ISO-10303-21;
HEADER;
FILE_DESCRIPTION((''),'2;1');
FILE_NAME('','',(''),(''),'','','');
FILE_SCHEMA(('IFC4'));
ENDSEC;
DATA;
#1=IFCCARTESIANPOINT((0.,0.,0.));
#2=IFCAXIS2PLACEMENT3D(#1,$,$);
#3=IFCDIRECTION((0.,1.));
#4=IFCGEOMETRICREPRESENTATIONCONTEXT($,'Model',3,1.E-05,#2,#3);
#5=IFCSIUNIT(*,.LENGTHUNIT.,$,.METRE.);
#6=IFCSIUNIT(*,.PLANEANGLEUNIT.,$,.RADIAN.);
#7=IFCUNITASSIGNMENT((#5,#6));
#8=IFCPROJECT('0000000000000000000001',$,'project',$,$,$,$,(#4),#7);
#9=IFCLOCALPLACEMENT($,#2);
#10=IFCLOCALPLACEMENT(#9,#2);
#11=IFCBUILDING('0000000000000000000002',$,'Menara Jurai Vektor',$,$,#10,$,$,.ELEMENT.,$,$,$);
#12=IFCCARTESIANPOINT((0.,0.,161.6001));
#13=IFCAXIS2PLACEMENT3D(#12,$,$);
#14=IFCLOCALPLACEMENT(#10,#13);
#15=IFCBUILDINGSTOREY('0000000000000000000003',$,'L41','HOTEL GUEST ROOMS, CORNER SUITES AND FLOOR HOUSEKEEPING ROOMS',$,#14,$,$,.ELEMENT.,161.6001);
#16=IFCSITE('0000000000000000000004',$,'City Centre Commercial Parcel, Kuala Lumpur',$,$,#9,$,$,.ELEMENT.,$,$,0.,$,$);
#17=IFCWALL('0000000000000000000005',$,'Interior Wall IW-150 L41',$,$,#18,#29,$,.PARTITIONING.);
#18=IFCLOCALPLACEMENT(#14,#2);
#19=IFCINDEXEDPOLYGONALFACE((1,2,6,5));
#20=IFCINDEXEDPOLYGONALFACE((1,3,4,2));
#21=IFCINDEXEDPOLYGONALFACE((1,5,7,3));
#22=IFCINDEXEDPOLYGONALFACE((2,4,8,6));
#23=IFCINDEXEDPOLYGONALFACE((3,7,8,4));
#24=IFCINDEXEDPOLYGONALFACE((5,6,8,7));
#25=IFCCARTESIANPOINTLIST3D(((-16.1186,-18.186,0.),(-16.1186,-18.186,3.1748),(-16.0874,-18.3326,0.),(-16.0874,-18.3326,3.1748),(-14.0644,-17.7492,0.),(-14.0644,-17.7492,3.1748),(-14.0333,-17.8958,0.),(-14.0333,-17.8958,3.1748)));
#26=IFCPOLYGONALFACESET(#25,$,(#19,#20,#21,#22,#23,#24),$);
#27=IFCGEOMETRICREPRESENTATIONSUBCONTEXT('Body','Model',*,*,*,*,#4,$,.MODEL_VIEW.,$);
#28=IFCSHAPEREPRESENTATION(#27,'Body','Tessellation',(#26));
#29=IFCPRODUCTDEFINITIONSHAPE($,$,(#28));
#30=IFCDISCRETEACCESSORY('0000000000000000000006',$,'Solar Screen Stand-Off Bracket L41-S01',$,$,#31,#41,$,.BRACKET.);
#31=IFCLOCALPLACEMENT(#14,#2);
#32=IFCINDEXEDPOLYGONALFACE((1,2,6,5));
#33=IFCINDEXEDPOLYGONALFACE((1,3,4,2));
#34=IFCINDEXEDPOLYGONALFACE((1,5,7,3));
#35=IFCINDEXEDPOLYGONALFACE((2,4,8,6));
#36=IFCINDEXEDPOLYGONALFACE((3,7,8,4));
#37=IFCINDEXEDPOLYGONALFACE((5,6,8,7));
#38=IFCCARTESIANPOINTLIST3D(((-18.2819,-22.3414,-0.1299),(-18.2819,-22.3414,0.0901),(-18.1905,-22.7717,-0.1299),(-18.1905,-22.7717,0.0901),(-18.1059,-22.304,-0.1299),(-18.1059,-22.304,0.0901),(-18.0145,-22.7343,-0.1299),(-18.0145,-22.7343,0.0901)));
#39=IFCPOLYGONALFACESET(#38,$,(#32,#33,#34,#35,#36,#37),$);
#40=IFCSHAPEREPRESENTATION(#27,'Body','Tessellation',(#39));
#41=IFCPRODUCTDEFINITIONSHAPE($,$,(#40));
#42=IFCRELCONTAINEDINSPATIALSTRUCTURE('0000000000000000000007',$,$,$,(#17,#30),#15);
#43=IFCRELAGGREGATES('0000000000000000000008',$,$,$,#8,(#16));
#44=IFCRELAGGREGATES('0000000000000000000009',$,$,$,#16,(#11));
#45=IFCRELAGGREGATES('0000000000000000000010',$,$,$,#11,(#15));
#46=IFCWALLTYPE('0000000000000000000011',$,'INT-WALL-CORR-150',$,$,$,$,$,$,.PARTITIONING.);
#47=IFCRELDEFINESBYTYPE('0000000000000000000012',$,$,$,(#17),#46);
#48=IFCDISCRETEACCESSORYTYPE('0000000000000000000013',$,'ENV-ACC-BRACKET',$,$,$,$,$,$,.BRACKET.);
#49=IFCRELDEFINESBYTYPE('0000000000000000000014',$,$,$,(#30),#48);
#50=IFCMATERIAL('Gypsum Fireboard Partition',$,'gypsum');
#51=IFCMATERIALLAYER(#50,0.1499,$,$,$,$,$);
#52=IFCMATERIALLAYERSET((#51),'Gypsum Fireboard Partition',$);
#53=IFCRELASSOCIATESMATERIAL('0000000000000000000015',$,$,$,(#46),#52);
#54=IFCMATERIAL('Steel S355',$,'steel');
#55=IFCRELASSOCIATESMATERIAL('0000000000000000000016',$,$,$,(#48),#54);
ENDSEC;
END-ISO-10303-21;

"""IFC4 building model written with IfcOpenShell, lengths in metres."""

from ifc_helpers import new_model, si_unit, direction, frame, frame_2d, origin, origin_2d, place, context, subcontext, project, spatial, rectangle, extrude, material, layer, layer_set, type_object, element, save


model = new_model("IFC4")

# Units and contexts
model_context = context("Model", 3, precision=1e-05, world=origin(), true_north=direction((0.0, 1.0)))
body_context = subcontext(model_context, "Body", "Model", "MODEL_VIEW")
ifc_project = project(units=[si_unit("LENGTHUNIT", "METRE"), si_unit("PLANEANGLEUNIT", "RADIAN")], contexts=[model_context])

# Site, building, storey
site_placement = place(None, origin())
site = spatial("IfcSite", under=ifc_project, at=site_placement, Name="City Centre Commercial Parcel, Kuala Lumpur", CompositionType="ELEMENT", RefElevation=0.0)
building_placement = place(site_placement, origin())
building = spatial("IfcBuilding", under=site, at=building_placement, Name="Menara Jurai Vektor", CompositionType="ELEMENT")
storey_placement = place(building_placement, frame((0.0, 0.0, 161.6001)))
storey = spatial("IfcBuildingStorey", under=building, at=storey_placement, Name="L41", Description="HOTEL GUEST ROOMS, CORNER SUITES AND FLOOR HOUSEKEEPING ROOMS", CompositionType="ELEMENT", Elevation=161.6001)

# Shared definitions
ifc_material_1 = material(Name="Steel S355", Category="steel")

# Wall
ifc_material_2 = material(Name="Gypsum Fireboard Partition", Category="gypsum")
ifc_layer_1 = layer(ifc_material_2, 0.1499)
ifc_layer_set_1 = layer_set([ifc_layer_1], Name="Gypsum Fireboard Partition")
wall_type = type_object("IfcWallType", Name="INT-WALL-CORR-150", PredefinedType="PARTITIONING", material=ifc_layer_set_1)
wall_placement = place(storey_placement, frame((-16.103, -18.2593, 0.0), z_axis=(0.0, 0.0, 1.0), x_axis=(0.978135, 0.207973, 0.0)))
element("IfcWall", 1, at=wall_placement, inside=storey, type_object=wall_type, Name="Interior Wall IW-150 L41", PredefinedType="PARTITIONING", context=body_context, shape_type="SweptSolid", body=[
    extrude(rectangle(XDim=2.1001, YDim=0.1499, at=frame_2d((1.05, 0.0))), origin(), (0.0, 0.0, 1.0), 3.1748),
])

# Discrete accessory
discrete_accessory_type = type_object("IfcDiscreteAccessoryType", Name="ENV-ACC-BRACKET", PredefinedType="BRACKET", material=ifc_material_1)
discrete_accessory_placement = place(storey_placement, frame((-18.1482, -22.5378, -0.1299), z_axis=(0.0, 0.0, 1.0), x_axis=(0.978148, 0.207912, 0.0)))
element("IfcDiscreteAccessory", 2, at=discrete_accessory_placement, inside=storey, type_object=discrete_accessory_type, Name="Solar Screen Stand-Off Bracket L41-S01", PredefinedType="BRACKET", context=body_context, shape_type="SweptSolid", body=[
    extrude(rectangle(XDim=0.1799, YDim=0.4399, at=origin_2d()), origin(), (0.0, 0.0, 1.0), 0.22),
])

save(model, "model.ifc")
